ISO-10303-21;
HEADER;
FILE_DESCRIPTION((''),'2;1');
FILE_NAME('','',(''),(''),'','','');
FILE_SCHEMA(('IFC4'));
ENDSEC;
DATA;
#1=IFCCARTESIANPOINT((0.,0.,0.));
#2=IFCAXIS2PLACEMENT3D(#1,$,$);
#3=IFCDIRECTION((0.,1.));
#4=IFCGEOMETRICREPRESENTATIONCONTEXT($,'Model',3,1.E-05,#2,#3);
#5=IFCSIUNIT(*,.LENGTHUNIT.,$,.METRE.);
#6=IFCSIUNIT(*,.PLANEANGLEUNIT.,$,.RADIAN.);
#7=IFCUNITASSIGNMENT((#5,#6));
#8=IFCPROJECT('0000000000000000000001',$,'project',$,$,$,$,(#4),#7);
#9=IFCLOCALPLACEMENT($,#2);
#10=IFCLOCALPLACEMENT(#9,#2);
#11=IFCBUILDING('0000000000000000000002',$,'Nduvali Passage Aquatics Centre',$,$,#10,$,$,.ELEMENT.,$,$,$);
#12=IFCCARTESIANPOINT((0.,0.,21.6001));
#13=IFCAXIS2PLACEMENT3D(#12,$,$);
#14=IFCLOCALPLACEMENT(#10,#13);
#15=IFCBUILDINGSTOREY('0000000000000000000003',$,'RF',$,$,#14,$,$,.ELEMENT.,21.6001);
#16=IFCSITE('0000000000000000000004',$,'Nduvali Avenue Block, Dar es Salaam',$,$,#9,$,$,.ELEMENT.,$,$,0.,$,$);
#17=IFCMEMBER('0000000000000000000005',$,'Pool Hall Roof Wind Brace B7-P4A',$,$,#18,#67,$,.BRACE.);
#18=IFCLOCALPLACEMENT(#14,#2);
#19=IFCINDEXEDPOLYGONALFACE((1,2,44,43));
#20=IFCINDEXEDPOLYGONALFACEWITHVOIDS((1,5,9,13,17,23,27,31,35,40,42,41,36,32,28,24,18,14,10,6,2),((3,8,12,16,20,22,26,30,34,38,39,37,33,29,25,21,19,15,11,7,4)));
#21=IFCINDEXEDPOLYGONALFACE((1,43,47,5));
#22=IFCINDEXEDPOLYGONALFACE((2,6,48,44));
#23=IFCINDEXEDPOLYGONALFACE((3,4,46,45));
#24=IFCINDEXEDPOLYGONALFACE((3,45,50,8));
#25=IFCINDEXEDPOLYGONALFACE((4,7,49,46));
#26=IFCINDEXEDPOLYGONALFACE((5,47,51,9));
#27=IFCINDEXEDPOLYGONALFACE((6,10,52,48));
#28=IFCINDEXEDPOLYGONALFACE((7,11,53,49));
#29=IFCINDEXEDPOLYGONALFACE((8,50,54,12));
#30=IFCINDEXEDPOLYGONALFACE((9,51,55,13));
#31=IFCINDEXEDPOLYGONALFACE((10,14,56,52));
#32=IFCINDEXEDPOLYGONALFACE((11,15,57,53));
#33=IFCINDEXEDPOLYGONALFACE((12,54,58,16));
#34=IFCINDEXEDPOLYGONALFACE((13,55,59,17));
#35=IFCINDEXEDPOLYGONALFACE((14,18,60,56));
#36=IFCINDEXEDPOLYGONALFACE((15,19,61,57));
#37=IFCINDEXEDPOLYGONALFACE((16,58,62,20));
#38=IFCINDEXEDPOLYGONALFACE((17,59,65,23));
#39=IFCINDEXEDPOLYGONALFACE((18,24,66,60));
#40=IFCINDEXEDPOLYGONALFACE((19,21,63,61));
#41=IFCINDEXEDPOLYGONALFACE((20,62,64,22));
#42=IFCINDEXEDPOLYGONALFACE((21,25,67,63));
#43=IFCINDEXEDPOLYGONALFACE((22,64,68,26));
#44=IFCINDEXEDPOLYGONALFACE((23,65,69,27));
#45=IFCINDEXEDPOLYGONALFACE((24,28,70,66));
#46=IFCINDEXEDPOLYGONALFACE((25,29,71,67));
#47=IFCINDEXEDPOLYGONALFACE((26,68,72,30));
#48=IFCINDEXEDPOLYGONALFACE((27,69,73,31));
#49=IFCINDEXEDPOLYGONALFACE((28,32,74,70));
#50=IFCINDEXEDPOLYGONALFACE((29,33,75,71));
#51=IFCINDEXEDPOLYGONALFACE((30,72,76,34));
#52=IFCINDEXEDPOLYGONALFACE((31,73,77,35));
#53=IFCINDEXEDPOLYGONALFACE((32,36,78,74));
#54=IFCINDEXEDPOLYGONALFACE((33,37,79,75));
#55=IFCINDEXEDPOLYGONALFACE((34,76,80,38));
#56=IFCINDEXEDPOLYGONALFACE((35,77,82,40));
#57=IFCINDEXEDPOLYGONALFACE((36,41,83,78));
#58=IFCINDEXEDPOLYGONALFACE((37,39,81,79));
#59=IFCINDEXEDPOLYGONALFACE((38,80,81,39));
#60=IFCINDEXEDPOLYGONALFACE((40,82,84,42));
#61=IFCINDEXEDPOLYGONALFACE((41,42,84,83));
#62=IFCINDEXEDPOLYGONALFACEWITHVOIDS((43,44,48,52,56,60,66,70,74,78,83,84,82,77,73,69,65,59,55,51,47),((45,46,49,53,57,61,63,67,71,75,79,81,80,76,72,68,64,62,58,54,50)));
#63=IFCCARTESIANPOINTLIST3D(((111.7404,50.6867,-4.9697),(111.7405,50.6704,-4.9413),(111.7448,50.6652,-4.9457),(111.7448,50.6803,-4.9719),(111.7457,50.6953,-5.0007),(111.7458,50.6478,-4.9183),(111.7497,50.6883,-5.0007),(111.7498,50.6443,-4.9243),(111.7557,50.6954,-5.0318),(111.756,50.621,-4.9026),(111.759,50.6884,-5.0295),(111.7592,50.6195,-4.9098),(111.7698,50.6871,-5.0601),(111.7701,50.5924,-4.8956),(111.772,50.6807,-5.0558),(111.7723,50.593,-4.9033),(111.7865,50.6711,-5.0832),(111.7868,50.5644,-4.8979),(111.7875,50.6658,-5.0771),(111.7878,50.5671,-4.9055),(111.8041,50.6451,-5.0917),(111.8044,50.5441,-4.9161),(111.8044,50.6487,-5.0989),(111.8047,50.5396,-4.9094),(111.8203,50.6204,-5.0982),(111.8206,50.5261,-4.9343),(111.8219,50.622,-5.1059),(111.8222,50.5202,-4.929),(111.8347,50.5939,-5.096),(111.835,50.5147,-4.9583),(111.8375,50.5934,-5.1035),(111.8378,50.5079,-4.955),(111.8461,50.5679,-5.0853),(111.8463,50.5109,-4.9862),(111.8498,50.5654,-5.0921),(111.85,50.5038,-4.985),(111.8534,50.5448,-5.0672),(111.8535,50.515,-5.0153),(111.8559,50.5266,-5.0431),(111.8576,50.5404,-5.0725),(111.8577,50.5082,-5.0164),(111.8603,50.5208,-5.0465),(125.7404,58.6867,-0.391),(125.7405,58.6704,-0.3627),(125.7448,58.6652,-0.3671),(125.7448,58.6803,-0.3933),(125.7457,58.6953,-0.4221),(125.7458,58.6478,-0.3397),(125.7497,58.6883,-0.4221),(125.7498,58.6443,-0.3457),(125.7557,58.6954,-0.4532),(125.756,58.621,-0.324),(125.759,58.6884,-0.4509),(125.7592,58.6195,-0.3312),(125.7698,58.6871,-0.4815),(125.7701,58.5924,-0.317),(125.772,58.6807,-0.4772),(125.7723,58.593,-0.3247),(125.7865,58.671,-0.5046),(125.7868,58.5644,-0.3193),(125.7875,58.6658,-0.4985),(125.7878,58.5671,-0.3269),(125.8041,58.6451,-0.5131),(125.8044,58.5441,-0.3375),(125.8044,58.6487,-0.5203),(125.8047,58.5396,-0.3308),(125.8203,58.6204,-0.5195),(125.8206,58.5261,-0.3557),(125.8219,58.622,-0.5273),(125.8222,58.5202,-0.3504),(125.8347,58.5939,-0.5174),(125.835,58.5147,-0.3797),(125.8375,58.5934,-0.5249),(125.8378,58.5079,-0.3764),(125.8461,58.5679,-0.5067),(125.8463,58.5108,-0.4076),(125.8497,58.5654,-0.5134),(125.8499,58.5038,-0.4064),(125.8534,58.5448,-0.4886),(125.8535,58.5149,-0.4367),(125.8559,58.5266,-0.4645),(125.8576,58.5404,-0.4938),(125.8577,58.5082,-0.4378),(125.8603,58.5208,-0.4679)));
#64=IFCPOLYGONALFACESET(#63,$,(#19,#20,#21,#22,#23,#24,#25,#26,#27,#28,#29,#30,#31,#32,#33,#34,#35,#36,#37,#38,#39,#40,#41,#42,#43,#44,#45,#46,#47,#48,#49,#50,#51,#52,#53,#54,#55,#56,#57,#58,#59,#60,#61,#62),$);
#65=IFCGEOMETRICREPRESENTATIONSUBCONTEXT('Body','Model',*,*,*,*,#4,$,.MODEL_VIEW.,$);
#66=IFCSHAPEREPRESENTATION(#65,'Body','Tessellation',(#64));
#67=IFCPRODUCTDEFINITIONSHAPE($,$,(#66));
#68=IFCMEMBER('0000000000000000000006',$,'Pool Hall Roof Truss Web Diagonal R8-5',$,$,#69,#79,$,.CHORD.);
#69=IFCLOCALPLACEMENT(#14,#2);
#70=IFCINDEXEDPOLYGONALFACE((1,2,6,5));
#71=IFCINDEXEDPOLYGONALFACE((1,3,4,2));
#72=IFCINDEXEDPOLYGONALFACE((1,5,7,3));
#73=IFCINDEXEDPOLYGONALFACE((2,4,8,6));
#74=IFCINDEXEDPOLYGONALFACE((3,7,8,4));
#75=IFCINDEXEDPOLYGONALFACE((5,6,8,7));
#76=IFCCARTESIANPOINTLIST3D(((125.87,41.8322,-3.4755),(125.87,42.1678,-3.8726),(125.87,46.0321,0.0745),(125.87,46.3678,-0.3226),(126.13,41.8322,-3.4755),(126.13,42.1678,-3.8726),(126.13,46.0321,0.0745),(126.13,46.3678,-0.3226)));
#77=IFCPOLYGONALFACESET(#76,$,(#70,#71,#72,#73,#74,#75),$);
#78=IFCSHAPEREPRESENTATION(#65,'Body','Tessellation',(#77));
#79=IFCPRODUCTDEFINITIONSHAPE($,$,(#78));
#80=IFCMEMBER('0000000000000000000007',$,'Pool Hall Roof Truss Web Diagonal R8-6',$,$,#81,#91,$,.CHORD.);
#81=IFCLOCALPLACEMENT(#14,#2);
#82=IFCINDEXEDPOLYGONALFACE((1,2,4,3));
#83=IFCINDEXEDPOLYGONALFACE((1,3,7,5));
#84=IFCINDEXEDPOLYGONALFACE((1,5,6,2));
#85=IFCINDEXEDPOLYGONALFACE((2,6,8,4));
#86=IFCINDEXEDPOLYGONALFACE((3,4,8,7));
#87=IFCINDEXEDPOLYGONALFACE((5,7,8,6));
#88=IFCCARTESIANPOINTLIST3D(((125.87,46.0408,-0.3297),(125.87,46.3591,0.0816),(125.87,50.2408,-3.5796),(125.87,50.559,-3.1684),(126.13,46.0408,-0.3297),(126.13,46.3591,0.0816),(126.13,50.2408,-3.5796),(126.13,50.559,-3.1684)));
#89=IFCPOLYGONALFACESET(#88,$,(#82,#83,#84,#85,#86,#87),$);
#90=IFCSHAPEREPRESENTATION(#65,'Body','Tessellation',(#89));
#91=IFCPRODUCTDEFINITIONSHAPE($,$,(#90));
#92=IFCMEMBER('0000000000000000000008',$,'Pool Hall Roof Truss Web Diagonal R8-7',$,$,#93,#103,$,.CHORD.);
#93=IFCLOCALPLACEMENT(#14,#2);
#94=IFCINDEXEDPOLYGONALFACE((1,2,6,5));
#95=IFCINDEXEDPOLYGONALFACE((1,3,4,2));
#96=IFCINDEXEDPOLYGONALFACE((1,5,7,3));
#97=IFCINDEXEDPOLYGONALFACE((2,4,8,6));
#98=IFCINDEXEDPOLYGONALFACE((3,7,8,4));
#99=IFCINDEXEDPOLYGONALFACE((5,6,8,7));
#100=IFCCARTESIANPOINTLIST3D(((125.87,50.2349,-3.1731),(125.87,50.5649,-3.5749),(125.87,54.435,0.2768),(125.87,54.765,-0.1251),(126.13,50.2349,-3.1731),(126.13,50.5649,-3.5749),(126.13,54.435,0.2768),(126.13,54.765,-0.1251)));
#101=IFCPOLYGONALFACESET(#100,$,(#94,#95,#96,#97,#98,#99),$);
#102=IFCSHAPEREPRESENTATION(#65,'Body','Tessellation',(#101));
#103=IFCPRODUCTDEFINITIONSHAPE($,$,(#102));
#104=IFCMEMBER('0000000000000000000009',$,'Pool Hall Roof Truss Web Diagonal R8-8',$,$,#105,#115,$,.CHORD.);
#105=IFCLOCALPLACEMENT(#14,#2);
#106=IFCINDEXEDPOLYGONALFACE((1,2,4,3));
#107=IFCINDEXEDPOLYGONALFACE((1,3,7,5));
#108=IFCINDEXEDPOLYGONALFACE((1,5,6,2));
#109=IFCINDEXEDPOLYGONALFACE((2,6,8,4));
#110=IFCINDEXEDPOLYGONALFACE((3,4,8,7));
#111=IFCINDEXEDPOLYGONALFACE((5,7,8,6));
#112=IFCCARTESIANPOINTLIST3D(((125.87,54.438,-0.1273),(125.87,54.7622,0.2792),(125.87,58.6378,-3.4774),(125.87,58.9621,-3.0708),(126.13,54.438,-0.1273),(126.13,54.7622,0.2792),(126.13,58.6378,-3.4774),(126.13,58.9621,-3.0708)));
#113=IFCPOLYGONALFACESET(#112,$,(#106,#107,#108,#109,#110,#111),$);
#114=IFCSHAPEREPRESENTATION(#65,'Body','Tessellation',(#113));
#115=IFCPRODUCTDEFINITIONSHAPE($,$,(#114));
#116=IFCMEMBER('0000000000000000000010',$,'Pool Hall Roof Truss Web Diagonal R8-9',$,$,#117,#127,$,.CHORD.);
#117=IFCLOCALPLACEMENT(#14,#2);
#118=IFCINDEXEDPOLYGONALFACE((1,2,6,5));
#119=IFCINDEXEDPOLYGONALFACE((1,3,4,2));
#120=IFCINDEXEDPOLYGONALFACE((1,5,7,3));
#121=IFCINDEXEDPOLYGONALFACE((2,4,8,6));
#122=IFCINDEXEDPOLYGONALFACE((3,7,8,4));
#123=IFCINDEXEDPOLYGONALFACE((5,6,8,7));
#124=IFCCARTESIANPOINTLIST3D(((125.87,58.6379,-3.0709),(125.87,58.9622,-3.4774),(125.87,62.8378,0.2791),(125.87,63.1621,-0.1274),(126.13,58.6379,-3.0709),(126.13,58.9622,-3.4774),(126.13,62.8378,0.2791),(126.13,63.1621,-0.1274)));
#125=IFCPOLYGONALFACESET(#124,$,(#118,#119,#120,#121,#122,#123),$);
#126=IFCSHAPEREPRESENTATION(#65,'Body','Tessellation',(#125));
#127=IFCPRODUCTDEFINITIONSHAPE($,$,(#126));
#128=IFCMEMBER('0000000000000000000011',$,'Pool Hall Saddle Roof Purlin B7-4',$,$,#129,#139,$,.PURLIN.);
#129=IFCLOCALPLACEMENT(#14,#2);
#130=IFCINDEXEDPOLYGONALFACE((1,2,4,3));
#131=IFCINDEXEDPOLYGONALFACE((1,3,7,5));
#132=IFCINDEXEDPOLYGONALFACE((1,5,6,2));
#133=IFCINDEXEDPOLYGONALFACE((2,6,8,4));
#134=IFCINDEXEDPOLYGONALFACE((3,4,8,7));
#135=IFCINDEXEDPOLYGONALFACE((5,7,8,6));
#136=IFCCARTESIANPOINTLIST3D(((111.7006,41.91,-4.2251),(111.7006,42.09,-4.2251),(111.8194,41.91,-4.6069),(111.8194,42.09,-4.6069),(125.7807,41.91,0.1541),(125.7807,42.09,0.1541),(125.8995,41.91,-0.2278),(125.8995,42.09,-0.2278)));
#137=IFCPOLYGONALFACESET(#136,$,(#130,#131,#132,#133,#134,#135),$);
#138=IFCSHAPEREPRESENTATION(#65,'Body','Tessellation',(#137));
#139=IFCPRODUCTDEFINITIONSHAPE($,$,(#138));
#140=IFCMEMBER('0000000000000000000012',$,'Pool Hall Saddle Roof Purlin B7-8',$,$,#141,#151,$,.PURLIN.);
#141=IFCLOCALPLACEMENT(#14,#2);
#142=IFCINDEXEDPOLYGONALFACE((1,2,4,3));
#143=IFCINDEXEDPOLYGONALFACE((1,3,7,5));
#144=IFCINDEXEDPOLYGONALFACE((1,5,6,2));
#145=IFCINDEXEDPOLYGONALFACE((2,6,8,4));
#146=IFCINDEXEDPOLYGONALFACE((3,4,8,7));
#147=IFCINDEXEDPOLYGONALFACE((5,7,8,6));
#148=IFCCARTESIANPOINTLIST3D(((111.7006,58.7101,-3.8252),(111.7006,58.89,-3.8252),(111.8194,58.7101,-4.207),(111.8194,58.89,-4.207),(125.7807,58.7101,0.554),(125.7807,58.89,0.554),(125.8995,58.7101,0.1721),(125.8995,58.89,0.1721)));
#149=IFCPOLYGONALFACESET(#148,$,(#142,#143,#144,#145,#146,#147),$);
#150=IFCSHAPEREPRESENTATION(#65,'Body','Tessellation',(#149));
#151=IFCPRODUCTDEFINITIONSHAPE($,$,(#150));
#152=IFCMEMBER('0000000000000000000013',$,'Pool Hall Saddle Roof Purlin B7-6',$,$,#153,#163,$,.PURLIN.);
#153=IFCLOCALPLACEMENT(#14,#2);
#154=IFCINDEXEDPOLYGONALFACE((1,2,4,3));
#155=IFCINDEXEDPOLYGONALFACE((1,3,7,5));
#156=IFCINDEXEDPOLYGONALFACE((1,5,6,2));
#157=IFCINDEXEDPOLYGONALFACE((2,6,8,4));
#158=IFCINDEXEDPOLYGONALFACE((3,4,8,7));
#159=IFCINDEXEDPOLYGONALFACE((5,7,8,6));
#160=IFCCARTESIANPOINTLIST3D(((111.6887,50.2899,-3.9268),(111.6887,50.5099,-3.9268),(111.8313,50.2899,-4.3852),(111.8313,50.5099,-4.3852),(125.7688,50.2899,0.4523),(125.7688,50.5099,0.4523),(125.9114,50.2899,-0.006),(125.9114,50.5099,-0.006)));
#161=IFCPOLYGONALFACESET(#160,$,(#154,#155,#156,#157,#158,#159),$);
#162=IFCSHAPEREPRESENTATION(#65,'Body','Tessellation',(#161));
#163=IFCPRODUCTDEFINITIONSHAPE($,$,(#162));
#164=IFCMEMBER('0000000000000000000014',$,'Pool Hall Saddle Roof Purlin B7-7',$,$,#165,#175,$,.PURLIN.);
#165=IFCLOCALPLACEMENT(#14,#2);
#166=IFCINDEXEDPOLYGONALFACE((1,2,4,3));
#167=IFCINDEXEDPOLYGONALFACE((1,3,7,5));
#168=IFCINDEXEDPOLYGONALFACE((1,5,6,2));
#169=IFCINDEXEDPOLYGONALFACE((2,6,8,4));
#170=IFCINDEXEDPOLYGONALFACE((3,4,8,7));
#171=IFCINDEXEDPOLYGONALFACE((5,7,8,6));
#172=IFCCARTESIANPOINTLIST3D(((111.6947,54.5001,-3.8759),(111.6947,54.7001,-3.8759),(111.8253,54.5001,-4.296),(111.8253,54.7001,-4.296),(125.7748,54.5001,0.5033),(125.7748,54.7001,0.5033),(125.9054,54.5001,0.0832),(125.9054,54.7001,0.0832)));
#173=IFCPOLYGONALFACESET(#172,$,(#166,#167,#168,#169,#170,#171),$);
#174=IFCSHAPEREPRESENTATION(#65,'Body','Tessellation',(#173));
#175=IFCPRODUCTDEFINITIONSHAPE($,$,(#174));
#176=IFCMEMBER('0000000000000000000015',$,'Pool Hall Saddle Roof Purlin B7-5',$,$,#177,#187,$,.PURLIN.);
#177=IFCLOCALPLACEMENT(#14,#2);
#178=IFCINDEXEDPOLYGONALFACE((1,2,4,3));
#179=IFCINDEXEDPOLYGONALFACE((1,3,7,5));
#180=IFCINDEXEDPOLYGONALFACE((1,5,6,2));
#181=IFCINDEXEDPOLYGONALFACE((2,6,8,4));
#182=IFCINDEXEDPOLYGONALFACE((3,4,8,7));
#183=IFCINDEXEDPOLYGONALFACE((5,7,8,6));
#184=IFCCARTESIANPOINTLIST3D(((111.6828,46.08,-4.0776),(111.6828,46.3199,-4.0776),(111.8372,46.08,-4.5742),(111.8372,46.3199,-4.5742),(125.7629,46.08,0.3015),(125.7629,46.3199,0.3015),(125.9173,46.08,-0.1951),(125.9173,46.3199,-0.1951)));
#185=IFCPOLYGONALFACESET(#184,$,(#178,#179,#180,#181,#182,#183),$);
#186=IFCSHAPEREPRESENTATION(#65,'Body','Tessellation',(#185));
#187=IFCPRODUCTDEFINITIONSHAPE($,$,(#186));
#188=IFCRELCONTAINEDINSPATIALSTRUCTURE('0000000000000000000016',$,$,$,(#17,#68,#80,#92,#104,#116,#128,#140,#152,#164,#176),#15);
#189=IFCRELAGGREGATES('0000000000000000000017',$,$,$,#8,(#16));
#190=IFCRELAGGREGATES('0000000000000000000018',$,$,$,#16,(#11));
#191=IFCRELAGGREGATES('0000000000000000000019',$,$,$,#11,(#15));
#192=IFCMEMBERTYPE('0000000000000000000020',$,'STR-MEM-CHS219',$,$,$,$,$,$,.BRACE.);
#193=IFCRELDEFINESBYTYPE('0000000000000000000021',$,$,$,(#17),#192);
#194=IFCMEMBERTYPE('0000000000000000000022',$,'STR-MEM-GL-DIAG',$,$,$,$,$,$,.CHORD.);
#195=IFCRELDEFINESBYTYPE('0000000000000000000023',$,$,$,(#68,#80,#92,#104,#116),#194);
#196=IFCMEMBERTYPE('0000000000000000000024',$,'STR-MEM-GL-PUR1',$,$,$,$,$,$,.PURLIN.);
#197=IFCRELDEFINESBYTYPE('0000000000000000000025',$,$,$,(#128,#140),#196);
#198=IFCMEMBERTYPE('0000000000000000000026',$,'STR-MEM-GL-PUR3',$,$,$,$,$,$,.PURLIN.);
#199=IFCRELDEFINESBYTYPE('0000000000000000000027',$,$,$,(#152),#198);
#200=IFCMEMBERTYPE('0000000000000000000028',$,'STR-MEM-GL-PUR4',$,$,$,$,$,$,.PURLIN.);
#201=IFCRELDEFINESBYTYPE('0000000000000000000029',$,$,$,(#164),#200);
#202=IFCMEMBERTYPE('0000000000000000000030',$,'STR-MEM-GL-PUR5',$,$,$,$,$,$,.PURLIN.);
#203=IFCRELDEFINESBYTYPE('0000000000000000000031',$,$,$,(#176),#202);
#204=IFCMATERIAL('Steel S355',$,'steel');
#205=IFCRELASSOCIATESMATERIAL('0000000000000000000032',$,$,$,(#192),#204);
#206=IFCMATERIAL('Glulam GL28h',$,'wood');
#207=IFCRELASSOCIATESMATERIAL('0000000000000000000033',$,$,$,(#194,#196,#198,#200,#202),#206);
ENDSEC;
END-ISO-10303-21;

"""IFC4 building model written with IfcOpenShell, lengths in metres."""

from ifc_helpers import new_model, si_unit, direction, frame, origin, origin_2d, place, context, subcontext, project, spatial, rectangle, hollow_circle, extrude, material, material_profile, profile_set, type_object, element, save


model = new_model("IFC4")

# Units and contexts
model_context = context("Model", 3, precision=1e-05, world=origin(), true_north=direction((0.0, 1.0)))
body_context = subcontext(model_context, "Body", "Model", "MODEL_VIEW")
ifc_project = project(units=[si_unit("LENGTHUNIT", "METRE"), si_unit("PLANEANGLEUNIT", "RADIAN")], contexts=[model_context])

# Site, building, storey
site_placement = place(None, origin())
site = spatial("IfcSite", under=ifc_project, at=site_placement, Name="Nduvali Avenue Block, Dar es Salaam", CompositionType="ELEMENT", RefElevation=0.0)
building_placement = place(site_placement, origin())
building = spatial("IfcBuilding", under=site, at=building_placement, Name="Nduvali Passage Aquatics Centre", CompositionType="ELEMENT")
storey_placement = place(building_placement, frame((0.0, 0.0, 21.6001)))
storey = spatial("IfcBuildingStorey", under=building, at=storey_placement, Name="RF", CompositionType="ELEMENT", Elevation=21.6001)

# Members
ifc_material_1 = material(Name="Steel S355", Category="steel")
ifc_material_profile_1 = material_profile(ifc_material_1, hollow_circle(Radius=0.1096, WallThickness=0.0081, at=origin_2d()), Name="CHS 219.1x8.0")
ifc_profile_set_1 = profile_set([ifc_material_profile_1], Name="Steel S355")
member_type_1 = type_object("IfcMemberType", Name="STR-MEM-CHS219", PredefinedType="BRACE", material=ifc_profile_set_1)
member_1_placement = place(storey_placement, frame((111.8, 50.6001, -5.0007), z_axis=(0.835224, 0.477271, 0.273155), x_axis=(-0.496139, 0.868243, 0.0)))
element("IfcMember", 1, at=member_1_placement, inside=storey, type_object=member_type_1, Name="Pool Hall Roof Wind Brace B7-P4A", PredefinedType="BRACE", context=body_context, shape_type="SweptSolid", body=[
    extrude(hollow_circle(Radius=0.1096, WallThickness=0.0081, at=origin_2d()), origin(), (0.0, 0.0, 1.0), 16.762),
])
ifc_material_2 = material(Name="Glulam GL28h", Category="wood")
ifc_material_profile_2 = material_profile(ifc_material_2, rectangle(XDim=0.26, YDim=0.52, at=origin_2d()), Name="GL28h 260x520")
ifc_profile_set_2 = profile_set([ifc_material_profile_2], Name="Glulam GL28h")
member_type_2 = type_object("IfcMemberType", Name="STR-MEM-GL-DIAG", PredefinedType="CHORD", material=ifc_profile_set_2)
member_2_placement = place(storey_placement, frame((126.0, 42.0, -3.6741), z_axis=(0.0, 0.763723, 0.645544), x_axis=(-1.0, 0.0, 0.0)))
element("IfcMember", 2, at=member_2_placement, inside=storey, type_object=member_type_2, Name="Pool Hall Roof Truss Web Diagonal R8-5", PredefinedType="CHORD", context=body_context, shape_type="SweptSolid", body=[
    extrude(rectangle(XDim=0.26, YDim=0.52, at=origin_2d()), origin(), (0.0, 0.0, 1.0), 5.4993),
])
member_3_placement = place(storey_placement, frame((126.0, 46.2, -0.124), z_axis=(0.0, 0.790867, -0.611988), x_axis=(-1.0, 0.0, 0.0)))
element("IfcMember", 3, at=member_3_placement, inside=storey, type_object=member_type_2, Name="Pool Hall Roof Truss Web Diagonal R8-6", PredefinedType="CHORD", context=body_context, shape_type="SweptSolid", body=[
    extrude(rectangle(XDim=0.26, YDim=0.52, at=origin_2d()), origin(), (0.0, 0.0, 1.0), 5.3105),
])
member_4_placement = place(storey_placement, frame((126.0, 50.3999, -3.374), z_axis=(0.0, 0.772745, 0.634716), x_axis=(-1.0, 0.0, 0.0)))
element("IfcMember", 4, at=member_4_placement, inside=storey, type_object=member_type_2, Name="Pool Hall Roof Truss Web Diagonal R8-7", PredefinedType="CHORD", context=body_context, shape_type="SweptSolid", body=[
    extrude(rectangle(XDim=0.26, YDim=0.52, at=origin_2d()), origin(), (0.0, 0.0, 1.0), 5.4353),
])
for number, where, z_axis, x_axis, name in (
    (5, (126.0, 54.6001, 0.0759), (0.0, 0.781764, -0.623575), (-1.0, 0.0, 0.0), "Pool Hall Roof Truss Web Diagonal R8-8"),
    (6, (126.0, 58.8, -3.2742), (0.0, 0.781764, 0.623575), (-1.0, 0.0, 0.0), "Pool Hall Roof Truss Web Diagonal R8-9"),
):
    element("IfcMember", number, at=place(storey_placement, frame(where, z_axis=z_axis, x_axis=x_axis)), inside=storey, type_object=member_type_2, Name=name, PredefinedType="CHORD", context=body_context, shape_type="SweptSolid", body=[
        extrude(rectangle(XDim=0.26, YDim=0.52, at=origin_2d()), origin(), (0.0, 0.0, 1.0), 5.3723),
    ])
ifc_material_profile_3 = material_profile(ifc_material_2, rectangle(XDim=0.1799, YDim=0.3999, at=origin_2d()), Name="GL28h 180x400")
ifc_profile_set_3 = profile_set([ifc_material_profile_3], Name="Glulam GL28h")
member_type_3 = type_object("IfcMemberType", Name="STR-MEM-GL-PUR1", PredefinedType="PURLIN", material=ifc_profile_set_3)
for number, where, z_axis, x_axis, name in (
    (7, (111.76, 42.0, -4.416), (0.954882, 0.0, 0.296985), (0.0, 1.0, 0.0), "Pool Hall Saddle Roof Purlin B7-4"),
    (8, (111.76, 58.8, -4.0161), (0.954882, 0.0, 0.296985), (0.0, 1.0, 0.0), "Pool Hall Saddle Roof Purlin B7-8"),
):
    element("IfcMember", number, at=place(storey_placement, frame(where, z_axis=z_axis, x_axis=x_axis)), inside=storey, type_object=member_type_3, Name=name, PredefinedType="PURLIN", context=body_context, shape_type="SweptSolid", body=[
        extrude(rectangle(XDim=0.1799, YDim=0.3999, at=origin_2d()), origin(), (0.0, 0.0, 1.0), 14.7454),
    ])
ifc_material_profile_4 = material_profile(ifc_material_2, rectangle(XDim=0.22, YDim=0.48, at=origin_2d()), Name="GL28h 220x480")
ifc_profile_set_4 = profile_set([ifc_material_profile_4], Name="Glulam GL28h")
member_type_4 = type_object("IfcMemberType", Name="STR-MEM-GL-PUR3", PredefinedType="PURLIN", material=ifc_profile_set_4)
member_5_placement = place(storey_placement, frame((111.76, 50.3999, -4.156), z_axis=(0.954882, 0.0, 0.296985), x_axis=(0.0, 1.0, 0.0)))
element("IfcMember", 9, at=member_5_placement, inside=storey, type_object=member_type_4, Name="Pool Hall Saddle Roof Purlin B7-6", PredefinedType="PURLIN", context=body_context, shape_type="SweptSolid", body=[
    extrude(rectangle(XDim=0.22, YDim=0.48, at=origin_2d()), origin(), (0.0, 0.0, 1.0), 14.7454),
])
ifc_material_profile_5 = material_profile(ifc_material_2, rectangle(XDim=0.2, YDim=0.4399, at=origin_2d()), Name="GL28h 200x440")
ifc_profile_set_5 = profile_set([ifc_material_profile_5], Name="Glulam GL28h")
member_type_5 = type_object("IfcMemberType", Name="STR-MEM-GL-PUR4", PredefinedType="PURLIN", material=ifc_profile_set_5)
member_6_placement = place(storey_placement, frame((111.76, 54.6001, -4.0859), z_axis=(0.954882, 0.0, 0.296985), x_axis=(0.0, 1.0, 0.0)))
element("IfcMember", 10, at=member_6_placement, inside=storey, type_object=member_type_5, Name="Pool Hall Saddle Roof Purlin B7-7", PredefinedType="PURLIN", context=body_context, shape_type="SweptSolid", body=[
    extrude(rectangle(XDim=0.2, YDim=0.4399, at=origin_2d()), origin(), (0.0, 0.0, 1.0), 14.7454),
])
ifc_material_profile_6 = material_profile(ifc_material_2, rectangle(XDim=0.24, YDim=0.52, at=origin_2d()), Name="GL28h 240x520")
ifc_profile_set_6 = profile_set([ifc_material_profile_6], Name="Glulam GL28h")
member_type_6 = type_object("IfcMemberType", Name="STR-MEM-GL-PUR5", PredefinedType="PURLIN", material=ifc_profile_set_6)
member_7_placement = place(storey_placement, frame((111.76, 46.2, -4.3259), z_axis=(0.954882, 0.0, 0.296985), x_axis=(0.0, 1.0, 0.0)))
element("IfcMember", 11, at=member_7_placement, inside=storey, type_object=member_type_6, Name="Pool Hall Saddle Roof Purlin B7-5", PredefinedType="PURLIN", context=body_context, shape_type="SweptSolid", body=[
    extrude(rectangle(XDim=0.24, YDim=0.52, at=origin_2d()), origin(), (0.0, 0.0, 1.0), 14.7454),
])

save(model, "model.ifc")
